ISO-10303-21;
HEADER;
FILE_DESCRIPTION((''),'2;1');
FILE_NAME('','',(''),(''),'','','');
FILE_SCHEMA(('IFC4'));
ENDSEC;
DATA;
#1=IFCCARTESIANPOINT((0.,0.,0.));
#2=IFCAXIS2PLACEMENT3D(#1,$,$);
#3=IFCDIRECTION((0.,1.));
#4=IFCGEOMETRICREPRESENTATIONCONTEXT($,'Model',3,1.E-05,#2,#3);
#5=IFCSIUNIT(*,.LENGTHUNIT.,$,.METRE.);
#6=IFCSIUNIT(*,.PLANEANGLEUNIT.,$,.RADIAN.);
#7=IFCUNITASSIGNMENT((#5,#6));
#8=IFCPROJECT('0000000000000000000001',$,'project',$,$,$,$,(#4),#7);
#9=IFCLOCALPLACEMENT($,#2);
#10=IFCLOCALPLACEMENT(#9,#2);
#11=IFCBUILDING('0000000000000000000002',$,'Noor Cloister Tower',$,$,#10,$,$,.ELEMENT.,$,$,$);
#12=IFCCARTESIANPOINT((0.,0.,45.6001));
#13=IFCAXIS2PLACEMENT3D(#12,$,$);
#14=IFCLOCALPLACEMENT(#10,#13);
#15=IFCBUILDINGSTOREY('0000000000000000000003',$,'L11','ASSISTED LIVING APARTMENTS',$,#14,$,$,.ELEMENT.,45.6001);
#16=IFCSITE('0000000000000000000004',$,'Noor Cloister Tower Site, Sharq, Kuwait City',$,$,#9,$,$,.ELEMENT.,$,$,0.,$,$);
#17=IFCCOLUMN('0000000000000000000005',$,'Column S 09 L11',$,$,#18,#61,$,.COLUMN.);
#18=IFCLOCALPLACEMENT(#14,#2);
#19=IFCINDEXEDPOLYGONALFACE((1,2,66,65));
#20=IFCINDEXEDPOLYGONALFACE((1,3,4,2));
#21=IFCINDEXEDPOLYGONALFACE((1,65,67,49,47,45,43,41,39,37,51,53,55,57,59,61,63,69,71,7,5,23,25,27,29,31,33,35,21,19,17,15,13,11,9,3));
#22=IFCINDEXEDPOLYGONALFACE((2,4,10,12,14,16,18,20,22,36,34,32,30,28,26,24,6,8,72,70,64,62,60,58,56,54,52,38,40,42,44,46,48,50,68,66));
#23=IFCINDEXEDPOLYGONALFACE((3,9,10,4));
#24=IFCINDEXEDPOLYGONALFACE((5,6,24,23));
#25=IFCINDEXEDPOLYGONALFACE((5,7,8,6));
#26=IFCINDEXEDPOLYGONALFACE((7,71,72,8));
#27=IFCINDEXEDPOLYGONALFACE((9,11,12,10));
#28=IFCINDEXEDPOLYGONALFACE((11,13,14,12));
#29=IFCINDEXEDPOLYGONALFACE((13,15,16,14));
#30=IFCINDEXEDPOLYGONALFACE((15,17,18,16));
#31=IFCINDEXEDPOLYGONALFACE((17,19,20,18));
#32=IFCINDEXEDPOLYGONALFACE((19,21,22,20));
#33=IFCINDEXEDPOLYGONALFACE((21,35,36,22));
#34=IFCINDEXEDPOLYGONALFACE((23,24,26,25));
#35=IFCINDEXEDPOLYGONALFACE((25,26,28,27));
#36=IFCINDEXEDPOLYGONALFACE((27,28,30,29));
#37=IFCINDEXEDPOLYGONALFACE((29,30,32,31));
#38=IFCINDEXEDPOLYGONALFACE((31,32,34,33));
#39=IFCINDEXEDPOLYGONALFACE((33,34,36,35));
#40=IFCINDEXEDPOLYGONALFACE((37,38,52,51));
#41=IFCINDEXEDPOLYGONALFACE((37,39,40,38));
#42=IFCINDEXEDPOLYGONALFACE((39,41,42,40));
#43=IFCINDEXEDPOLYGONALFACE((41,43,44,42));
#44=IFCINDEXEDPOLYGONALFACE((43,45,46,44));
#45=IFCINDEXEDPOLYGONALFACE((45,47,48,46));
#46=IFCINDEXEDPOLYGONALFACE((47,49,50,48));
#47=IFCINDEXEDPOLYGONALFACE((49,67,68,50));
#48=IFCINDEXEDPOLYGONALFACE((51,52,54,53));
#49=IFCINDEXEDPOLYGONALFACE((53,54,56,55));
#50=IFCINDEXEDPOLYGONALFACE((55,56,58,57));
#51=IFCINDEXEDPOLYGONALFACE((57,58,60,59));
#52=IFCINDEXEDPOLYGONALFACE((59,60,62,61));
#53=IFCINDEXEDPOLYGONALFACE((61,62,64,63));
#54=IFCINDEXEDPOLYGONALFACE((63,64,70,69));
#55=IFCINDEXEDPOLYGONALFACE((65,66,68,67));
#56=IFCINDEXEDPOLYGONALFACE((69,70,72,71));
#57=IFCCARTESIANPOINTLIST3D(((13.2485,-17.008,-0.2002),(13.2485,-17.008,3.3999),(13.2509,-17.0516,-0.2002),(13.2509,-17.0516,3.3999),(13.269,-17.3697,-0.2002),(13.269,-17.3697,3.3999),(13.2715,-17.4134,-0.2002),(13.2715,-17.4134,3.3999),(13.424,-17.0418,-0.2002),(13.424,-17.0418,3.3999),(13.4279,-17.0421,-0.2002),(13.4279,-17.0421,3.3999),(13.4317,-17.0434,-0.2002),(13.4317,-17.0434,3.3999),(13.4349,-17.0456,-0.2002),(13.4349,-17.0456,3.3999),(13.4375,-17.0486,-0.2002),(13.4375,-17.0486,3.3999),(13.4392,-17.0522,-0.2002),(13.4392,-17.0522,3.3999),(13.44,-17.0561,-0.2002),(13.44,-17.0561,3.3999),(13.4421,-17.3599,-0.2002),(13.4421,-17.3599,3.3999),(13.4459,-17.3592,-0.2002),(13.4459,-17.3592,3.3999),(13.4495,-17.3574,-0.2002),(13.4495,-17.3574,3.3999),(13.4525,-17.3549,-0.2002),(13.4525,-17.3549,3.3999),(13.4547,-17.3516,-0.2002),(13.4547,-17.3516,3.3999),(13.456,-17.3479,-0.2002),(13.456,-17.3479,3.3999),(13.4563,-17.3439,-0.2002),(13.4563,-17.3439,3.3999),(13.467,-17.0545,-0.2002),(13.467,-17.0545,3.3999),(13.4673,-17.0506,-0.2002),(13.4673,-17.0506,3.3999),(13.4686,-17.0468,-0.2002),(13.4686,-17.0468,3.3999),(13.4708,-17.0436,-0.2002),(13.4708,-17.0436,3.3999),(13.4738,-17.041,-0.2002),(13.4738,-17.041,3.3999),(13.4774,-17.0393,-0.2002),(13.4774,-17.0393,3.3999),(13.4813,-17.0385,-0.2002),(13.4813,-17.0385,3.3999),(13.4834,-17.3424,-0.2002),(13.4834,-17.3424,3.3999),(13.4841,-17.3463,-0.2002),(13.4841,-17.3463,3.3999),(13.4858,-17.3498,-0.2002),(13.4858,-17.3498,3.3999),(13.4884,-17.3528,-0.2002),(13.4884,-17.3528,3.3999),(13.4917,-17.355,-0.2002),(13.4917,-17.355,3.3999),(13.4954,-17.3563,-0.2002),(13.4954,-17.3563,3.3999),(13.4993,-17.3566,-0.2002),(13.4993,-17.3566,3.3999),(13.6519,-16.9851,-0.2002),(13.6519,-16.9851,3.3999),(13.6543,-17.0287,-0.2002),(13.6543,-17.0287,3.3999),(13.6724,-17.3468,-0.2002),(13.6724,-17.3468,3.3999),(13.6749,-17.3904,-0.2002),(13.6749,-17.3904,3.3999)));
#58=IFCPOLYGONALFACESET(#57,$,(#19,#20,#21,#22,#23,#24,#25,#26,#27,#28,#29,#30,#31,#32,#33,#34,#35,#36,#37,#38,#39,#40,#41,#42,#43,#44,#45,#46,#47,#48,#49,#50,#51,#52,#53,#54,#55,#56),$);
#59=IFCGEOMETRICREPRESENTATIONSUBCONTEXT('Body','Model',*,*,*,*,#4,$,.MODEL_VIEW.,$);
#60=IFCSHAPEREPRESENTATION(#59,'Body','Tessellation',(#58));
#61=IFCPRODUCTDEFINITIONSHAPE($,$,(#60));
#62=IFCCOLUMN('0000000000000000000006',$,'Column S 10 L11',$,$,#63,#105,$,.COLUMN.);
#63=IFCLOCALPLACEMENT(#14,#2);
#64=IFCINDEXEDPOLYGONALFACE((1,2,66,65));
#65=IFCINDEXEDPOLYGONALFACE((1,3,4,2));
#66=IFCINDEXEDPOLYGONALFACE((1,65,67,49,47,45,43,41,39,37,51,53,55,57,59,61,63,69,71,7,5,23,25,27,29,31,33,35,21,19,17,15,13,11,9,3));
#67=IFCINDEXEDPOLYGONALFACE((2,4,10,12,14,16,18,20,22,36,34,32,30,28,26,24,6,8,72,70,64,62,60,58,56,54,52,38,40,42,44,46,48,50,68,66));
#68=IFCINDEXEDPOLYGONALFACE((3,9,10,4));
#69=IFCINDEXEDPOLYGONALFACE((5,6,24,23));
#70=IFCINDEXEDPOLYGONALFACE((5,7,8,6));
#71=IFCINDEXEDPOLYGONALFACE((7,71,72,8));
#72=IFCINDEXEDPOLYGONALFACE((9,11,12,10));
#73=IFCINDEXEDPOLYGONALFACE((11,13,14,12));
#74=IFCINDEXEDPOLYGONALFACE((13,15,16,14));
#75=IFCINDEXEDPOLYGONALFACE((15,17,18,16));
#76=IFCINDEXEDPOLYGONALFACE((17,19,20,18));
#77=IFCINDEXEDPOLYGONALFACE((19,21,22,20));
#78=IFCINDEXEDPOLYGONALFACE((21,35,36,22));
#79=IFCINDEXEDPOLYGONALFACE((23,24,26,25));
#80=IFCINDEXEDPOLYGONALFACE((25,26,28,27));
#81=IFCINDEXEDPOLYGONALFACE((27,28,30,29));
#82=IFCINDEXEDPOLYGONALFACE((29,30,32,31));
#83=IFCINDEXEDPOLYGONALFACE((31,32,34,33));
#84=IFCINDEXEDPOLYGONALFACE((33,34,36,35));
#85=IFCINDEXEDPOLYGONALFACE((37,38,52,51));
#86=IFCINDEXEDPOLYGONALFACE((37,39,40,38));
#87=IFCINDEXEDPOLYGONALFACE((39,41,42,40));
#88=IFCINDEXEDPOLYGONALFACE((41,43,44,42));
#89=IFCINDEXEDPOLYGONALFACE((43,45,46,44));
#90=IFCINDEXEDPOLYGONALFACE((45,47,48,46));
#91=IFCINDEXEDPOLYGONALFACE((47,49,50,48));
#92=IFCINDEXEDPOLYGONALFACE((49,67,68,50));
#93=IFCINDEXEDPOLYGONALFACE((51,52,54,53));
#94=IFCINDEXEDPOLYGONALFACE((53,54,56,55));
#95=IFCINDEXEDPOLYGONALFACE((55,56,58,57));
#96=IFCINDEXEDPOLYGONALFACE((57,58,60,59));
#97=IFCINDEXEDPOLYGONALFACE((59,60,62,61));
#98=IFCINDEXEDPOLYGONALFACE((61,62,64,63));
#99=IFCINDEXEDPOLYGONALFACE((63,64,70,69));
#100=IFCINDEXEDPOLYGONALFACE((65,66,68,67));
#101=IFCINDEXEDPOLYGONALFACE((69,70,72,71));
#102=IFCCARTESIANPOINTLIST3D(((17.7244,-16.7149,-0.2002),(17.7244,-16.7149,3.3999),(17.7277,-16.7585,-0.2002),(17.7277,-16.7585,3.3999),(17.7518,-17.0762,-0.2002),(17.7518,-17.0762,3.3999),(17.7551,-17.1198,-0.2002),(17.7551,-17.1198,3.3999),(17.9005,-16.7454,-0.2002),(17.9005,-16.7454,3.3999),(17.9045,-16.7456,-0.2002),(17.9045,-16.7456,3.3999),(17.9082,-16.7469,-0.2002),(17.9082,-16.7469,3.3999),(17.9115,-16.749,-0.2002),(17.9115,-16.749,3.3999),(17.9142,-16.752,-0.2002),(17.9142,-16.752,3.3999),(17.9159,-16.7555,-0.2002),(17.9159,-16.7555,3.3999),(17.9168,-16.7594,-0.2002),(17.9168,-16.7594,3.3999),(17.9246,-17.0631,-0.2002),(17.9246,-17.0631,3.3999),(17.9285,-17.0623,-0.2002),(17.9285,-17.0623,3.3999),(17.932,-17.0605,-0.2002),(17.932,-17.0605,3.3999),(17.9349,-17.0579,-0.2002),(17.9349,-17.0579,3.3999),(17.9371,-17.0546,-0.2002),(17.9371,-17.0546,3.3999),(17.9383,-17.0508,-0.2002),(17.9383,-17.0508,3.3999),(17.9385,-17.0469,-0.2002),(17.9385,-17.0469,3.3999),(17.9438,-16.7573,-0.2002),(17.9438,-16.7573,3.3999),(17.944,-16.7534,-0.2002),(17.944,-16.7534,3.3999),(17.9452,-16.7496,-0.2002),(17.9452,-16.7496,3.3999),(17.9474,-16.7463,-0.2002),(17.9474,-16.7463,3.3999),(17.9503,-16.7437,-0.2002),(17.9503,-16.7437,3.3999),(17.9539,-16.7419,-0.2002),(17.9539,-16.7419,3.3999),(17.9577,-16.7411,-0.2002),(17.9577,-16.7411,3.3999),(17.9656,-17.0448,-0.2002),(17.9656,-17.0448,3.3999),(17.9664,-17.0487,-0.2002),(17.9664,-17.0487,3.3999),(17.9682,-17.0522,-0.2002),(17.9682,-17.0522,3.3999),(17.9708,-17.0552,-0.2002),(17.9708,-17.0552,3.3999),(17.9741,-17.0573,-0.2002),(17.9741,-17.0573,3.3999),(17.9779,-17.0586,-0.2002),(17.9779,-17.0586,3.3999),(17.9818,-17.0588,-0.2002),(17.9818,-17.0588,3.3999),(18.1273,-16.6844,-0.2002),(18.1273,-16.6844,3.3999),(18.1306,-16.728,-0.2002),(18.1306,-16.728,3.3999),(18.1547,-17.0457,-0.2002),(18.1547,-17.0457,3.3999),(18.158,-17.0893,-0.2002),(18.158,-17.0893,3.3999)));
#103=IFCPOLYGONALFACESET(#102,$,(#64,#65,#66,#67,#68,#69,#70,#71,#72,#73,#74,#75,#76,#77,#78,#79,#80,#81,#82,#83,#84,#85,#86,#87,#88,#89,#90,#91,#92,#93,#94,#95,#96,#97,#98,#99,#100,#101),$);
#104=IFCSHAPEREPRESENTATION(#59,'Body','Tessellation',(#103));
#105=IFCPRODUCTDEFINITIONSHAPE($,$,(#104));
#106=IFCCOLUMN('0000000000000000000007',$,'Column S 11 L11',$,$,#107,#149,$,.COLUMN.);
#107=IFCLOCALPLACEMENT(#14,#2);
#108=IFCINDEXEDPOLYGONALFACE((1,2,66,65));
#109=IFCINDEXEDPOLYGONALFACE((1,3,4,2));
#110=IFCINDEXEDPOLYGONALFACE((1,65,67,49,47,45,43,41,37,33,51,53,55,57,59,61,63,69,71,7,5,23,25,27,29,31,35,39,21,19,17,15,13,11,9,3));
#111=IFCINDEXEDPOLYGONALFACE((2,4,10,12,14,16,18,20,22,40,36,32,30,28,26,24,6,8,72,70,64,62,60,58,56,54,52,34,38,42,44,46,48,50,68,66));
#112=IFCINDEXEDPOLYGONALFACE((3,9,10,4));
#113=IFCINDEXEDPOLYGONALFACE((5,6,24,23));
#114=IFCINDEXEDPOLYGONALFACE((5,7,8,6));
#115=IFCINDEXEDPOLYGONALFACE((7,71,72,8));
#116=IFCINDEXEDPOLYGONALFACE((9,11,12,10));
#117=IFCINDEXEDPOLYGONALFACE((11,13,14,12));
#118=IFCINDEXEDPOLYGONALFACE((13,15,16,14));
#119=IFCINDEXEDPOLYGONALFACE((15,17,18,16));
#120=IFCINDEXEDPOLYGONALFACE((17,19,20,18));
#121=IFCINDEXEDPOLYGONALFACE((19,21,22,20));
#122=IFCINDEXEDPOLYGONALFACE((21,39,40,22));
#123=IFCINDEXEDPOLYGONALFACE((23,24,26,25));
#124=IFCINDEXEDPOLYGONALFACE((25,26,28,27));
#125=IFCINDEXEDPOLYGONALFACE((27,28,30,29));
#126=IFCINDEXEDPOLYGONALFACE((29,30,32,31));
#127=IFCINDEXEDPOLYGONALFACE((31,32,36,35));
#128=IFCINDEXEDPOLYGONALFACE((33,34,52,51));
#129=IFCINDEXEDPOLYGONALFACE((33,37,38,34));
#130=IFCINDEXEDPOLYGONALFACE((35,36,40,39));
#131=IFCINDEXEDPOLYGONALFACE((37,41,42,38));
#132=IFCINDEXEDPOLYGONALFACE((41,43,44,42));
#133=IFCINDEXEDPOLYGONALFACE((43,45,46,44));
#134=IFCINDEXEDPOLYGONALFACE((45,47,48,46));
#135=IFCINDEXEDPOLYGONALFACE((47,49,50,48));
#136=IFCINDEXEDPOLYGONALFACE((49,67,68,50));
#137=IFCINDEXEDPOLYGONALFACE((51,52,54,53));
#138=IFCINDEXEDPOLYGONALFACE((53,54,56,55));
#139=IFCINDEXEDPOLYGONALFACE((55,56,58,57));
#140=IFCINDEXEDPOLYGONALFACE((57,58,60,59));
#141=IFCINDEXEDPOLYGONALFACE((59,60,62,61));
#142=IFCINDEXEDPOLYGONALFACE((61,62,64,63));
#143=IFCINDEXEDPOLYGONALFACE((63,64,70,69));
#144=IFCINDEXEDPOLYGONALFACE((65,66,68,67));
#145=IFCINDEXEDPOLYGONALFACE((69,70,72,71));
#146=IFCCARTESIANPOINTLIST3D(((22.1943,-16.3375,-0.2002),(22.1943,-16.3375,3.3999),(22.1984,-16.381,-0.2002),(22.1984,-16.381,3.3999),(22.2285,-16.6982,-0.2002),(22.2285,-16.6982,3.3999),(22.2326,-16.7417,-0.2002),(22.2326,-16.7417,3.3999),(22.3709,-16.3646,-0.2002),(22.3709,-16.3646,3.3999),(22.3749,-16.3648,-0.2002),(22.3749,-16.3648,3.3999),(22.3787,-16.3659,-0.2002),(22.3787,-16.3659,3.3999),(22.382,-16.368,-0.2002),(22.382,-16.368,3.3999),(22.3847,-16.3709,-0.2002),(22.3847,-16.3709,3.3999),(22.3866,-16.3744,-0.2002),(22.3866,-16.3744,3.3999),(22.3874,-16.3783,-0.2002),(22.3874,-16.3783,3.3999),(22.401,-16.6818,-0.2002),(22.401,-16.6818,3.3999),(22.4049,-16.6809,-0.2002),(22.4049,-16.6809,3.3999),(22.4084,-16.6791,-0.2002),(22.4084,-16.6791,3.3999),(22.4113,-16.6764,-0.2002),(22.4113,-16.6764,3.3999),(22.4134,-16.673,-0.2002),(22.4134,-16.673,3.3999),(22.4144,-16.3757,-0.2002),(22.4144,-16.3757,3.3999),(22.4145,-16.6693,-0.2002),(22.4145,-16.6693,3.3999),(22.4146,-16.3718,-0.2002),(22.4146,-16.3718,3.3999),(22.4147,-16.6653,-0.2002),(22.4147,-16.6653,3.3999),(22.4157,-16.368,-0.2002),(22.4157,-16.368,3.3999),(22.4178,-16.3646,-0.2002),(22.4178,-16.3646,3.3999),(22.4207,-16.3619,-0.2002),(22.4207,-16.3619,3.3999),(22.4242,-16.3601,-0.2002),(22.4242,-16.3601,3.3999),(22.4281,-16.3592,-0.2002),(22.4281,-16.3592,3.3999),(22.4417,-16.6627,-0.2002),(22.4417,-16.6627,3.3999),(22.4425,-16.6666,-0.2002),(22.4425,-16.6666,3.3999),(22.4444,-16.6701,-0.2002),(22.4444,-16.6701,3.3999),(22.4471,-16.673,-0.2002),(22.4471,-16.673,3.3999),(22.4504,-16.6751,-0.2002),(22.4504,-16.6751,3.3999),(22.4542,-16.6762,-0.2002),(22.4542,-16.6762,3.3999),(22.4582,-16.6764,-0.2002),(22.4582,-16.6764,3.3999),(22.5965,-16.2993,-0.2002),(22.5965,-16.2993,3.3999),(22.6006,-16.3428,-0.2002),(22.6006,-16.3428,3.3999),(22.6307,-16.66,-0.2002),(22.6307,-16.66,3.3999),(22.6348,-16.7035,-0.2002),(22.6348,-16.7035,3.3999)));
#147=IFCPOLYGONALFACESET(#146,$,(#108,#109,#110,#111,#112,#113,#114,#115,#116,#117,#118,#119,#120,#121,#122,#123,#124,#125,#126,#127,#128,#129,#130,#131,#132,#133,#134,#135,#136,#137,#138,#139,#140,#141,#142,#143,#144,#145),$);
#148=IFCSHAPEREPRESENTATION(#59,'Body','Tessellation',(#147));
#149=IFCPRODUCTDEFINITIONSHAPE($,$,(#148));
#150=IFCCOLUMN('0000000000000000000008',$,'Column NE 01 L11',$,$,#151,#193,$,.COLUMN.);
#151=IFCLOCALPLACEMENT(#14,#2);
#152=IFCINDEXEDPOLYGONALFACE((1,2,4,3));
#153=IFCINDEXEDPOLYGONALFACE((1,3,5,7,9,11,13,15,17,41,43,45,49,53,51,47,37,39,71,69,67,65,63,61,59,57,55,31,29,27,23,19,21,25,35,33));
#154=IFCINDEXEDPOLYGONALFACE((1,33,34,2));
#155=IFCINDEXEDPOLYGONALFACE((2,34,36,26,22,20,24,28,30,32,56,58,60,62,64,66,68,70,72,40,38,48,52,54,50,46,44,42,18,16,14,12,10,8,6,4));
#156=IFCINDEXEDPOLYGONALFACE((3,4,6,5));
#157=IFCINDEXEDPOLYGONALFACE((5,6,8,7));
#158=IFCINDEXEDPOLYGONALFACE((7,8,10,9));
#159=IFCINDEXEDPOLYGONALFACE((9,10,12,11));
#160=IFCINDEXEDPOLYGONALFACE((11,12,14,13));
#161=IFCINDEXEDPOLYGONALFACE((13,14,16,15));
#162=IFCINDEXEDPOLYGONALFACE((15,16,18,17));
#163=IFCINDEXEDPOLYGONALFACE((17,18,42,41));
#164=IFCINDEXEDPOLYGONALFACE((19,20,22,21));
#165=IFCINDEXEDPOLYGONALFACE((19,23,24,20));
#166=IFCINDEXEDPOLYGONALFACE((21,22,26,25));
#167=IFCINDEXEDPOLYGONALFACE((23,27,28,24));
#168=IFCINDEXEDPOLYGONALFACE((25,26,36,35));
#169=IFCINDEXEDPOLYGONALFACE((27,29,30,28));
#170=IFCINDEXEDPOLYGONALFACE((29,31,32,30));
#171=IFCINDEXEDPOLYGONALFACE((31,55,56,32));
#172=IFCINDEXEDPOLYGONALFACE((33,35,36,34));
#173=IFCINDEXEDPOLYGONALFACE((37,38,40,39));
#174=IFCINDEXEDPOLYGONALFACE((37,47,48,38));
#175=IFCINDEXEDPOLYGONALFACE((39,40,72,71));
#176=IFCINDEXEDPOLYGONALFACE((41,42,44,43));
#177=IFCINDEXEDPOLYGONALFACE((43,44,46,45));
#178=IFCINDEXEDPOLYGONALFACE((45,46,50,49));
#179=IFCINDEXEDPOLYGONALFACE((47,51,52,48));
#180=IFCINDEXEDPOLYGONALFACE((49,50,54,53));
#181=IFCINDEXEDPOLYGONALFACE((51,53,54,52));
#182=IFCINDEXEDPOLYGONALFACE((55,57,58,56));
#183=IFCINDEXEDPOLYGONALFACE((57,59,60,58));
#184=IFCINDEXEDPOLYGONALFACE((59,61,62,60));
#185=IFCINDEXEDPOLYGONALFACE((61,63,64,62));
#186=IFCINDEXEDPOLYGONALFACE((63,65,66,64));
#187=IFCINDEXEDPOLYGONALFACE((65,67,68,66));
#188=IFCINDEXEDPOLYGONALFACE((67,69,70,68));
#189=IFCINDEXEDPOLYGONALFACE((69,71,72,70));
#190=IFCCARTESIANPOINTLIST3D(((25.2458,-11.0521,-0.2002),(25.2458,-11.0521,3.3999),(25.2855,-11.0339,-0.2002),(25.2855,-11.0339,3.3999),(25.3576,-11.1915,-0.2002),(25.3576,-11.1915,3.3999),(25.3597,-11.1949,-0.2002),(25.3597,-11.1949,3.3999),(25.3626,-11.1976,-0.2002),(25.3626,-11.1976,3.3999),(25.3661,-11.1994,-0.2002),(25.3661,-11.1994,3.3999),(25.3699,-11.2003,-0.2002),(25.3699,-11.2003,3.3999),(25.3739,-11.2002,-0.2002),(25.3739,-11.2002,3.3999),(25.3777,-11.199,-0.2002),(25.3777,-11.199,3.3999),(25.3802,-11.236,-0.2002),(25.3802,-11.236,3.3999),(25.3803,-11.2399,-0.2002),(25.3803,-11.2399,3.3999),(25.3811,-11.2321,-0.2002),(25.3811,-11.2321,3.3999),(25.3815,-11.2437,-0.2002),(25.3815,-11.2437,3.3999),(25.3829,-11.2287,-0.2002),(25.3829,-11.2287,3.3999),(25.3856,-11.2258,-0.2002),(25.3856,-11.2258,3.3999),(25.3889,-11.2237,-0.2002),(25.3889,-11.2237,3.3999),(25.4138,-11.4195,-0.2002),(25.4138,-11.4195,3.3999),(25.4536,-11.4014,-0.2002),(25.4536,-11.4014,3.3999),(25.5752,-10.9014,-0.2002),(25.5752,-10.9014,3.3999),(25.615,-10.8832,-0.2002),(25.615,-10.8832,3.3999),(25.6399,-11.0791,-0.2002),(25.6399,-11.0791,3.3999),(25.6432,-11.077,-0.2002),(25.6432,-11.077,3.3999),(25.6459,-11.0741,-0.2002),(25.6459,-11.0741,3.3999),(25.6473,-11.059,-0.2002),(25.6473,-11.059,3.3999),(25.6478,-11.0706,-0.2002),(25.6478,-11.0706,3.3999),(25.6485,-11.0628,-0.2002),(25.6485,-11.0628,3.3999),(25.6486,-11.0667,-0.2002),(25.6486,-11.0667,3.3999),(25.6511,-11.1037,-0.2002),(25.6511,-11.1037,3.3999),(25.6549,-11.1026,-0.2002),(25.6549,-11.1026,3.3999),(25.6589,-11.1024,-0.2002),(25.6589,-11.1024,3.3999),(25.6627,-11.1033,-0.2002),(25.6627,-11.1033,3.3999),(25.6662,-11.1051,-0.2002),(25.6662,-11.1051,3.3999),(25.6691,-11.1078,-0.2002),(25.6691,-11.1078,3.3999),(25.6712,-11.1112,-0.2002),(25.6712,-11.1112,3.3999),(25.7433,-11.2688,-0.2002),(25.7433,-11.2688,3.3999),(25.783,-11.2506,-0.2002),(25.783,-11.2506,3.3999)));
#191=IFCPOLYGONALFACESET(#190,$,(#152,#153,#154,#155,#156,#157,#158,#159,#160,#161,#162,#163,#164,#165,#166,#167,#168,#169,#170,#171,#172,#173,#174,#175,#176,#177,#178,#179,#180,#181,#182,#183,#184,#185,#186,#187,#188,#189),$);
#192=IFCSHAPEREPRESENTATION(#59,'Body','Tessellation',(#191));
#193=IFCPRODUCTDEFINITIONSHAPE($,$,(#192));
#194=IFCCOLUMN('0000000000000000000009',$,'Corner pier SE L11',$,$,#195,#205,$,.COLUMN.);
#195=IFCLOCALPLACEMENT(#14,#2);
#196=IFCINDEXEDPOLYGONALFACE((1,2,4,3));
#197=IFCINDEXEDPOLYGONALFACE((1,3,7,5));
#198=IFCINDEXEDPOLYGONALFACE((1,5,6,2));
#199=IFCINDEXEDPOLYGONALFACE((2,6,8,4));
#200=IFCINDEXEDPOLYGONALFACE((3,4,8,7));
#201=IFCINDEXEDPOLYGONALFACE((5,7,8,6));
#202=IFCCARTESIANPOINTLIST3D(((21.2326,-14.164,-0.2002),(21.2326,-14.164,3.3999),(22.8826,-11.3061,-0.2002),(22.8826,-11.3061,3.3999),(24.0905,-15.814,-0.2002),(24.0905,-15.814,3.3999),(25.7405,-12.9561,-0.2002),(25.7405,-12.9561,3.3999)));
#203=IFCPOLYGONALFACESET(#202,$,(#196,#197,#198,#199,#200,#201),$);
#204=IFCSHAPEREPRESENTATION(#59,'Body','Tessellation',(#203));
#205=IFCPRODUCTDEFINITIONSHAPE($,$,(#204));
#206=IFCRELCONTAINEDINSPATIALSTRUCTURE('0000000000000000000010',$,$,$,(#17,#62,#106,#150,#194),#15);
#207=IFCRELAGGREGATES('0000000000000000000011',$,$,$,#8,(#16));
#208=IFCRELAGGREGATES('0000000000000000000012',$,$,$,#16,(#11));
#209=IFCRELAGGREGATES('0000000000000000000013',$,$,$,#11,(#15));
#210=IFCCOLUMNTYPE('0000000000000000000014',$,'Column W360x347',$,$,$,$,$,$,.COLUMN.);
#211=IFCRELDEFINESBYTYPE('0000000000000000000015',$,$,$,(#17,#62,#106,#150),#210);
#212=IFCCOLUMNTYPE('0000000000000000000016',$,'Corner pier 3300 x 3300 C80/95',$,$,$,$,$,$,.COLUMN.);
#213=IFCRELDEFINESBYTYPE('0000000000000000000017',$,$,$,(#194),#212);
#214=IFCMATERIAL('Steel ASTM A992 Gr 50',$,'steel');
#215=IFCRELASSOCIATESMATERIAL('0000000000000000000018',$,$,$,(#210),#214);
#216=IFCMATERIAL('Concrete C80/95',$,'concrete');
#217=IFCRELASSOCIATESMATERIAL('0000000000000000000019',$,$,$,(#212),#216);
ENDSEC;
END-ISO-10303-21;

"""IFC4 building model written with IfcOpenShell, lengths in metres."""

from ifc_helpers import new_model, si_unit, direction, frame, origin, origin_2d, place, context, subcontext, project, spatial, rectangle, i_section, extrude, material, material_profile, profile_set, type_object, element, save


model = new_model("IFC4")

# Units and contexts
model_context = context("Model", 3, precision=1e-05, world=origin(), true_north=direction((0.0, 1.0)))
body_context = subcontext(model_context, "Body", "Model", "MODEL_VIEW")
ifc_project = project(units=[si_unit("LENGTHUNIT", "METRE"), si_unit("PLANEANGLEUNIT", "RADIAN")], contexts=[model_context])

# Site, building, storey
site_placement = place(None, origin())
site = spatial("IfcSite", under=ifc_project, at=site_placement, Name="Noor Cloister Tower Site, Sharq, Kuwait City", CompositionType="ELEMENT", RefElevation=0.0)
building_placement = place(site_placement, origin())
building = spatial("IfcBuilding", under=site, at=building_placement, Name="Noor Cloister Tower", CompositionType="ELEMENT")
storey_placement = place(building_placement, frame((0.0, 0.0, 45.6001)))
storey = spatial("IfcBuildingStorey", under=building, at=storey_placement, Name="L11", Description="ASSISTED LIVING APARTMENTS", CompositionType="ELEMENT", Elevation=45.6001)

# Columns
ifc_material_1 = material(Name="Steel ASTM A992 Gr 50", Category="steel")
ifc_material_profile_1 = material_profile(ifc_material_1, i_section(OverallWidth=0.4041, OverallDepth=0.406, WebThickness=0.0271, FlangeThickness=0.0437, FilletRadius=0.0151, at=origin_2d()), Name="W360x347")
ifc_profile_set_1 = profile_set([ifc_material_profile_1], Name="Steel ASTM A992 Gr 50")
column_type_1 = type_object("IfcColumnType", Name="Column W360x347", PredefinedType="COLUMN", material=ifc_profile_set_1)
for number, where, z_axis, x_axis, name in (
    (1, (13.4617, -17.1992, -0.2002), (0.0, 0.0, 1.0), (0.99839, 0.056717, 0.0), "Column S 09 L11"),
    (2, (17.9412, -16.9021, -0.2002), (0.0, 0.0, 1.0), (0.997139, 0.075591, 0.0), "Column S 10 L11"),
    (3, (22.4146, -16.5205, -0.2002), (0.0, 0.0, 1.0), (0.995531, 0.094439, 0.0), "Column S 11 L11"),
    (4, (25.5144, -11.1514, -0.2002), (0.0, 0.0, 1.0), (-0.415979, 0.909374, 0.0), "Column NE 01 L11"),
):
    element("IfcColumn", number, at=place(storey_placement, frame(where, z_axis=z_axis, x_axis=x_axis)), inside=storey, type_object=column_type_1, Name=name, PredefinedType="COLUMN", context=body_context, shape_type="SweptSolid", body=[
        extrude(i_section(OverallWidth=0.4041, OverallDepth=0.406, WebThickness=0.0271, FlangeThickness=0.0437, FilletRadius=0.0151, at=origin_2d()), origin(), (0.0, 0.0, 1.0), 3.6001),
    ])
ifc_material_2 = material(Name="Concrete C80/95", Category="concrete")
ifc_material_profile_2 = material_profile(ifc_material_2, rectangle(XDim=3.3, YDim=3.3, at=origin_2d()), Name="RC 3300x3300")
ifc_profile_set_2 = profile_set([ifc_material_profile_2], Name="Concrete C80/95")
column_type_2 = type_object("IfcColumnType", Name="Corner pier 3300 x 3300 C80/95", PredefinedType="COLUMN", material=ifc_profile_set_2)
column_placement = place(storey_placement, frame((23.4866, -13.5601, -0.2002), z_axis=(0.0, 0.0, 1.0), x_axis=(0.866025, -0.5, 0.0)))
element("IfcColumn", 5, at=column_placement, inside=storey, type_object=column_type_2, Name="Corner pier SE L11", PredefinedType="COLUMN", context=body_context, shape_type="SweptSolid", body=[
    extrude(rectangle(XDim=3.3, YDim=3.3, at=origin_2d()), origin(), (0.0, 0.0, 1.0), 3.6001),
])

save(model, "model.ifc")
